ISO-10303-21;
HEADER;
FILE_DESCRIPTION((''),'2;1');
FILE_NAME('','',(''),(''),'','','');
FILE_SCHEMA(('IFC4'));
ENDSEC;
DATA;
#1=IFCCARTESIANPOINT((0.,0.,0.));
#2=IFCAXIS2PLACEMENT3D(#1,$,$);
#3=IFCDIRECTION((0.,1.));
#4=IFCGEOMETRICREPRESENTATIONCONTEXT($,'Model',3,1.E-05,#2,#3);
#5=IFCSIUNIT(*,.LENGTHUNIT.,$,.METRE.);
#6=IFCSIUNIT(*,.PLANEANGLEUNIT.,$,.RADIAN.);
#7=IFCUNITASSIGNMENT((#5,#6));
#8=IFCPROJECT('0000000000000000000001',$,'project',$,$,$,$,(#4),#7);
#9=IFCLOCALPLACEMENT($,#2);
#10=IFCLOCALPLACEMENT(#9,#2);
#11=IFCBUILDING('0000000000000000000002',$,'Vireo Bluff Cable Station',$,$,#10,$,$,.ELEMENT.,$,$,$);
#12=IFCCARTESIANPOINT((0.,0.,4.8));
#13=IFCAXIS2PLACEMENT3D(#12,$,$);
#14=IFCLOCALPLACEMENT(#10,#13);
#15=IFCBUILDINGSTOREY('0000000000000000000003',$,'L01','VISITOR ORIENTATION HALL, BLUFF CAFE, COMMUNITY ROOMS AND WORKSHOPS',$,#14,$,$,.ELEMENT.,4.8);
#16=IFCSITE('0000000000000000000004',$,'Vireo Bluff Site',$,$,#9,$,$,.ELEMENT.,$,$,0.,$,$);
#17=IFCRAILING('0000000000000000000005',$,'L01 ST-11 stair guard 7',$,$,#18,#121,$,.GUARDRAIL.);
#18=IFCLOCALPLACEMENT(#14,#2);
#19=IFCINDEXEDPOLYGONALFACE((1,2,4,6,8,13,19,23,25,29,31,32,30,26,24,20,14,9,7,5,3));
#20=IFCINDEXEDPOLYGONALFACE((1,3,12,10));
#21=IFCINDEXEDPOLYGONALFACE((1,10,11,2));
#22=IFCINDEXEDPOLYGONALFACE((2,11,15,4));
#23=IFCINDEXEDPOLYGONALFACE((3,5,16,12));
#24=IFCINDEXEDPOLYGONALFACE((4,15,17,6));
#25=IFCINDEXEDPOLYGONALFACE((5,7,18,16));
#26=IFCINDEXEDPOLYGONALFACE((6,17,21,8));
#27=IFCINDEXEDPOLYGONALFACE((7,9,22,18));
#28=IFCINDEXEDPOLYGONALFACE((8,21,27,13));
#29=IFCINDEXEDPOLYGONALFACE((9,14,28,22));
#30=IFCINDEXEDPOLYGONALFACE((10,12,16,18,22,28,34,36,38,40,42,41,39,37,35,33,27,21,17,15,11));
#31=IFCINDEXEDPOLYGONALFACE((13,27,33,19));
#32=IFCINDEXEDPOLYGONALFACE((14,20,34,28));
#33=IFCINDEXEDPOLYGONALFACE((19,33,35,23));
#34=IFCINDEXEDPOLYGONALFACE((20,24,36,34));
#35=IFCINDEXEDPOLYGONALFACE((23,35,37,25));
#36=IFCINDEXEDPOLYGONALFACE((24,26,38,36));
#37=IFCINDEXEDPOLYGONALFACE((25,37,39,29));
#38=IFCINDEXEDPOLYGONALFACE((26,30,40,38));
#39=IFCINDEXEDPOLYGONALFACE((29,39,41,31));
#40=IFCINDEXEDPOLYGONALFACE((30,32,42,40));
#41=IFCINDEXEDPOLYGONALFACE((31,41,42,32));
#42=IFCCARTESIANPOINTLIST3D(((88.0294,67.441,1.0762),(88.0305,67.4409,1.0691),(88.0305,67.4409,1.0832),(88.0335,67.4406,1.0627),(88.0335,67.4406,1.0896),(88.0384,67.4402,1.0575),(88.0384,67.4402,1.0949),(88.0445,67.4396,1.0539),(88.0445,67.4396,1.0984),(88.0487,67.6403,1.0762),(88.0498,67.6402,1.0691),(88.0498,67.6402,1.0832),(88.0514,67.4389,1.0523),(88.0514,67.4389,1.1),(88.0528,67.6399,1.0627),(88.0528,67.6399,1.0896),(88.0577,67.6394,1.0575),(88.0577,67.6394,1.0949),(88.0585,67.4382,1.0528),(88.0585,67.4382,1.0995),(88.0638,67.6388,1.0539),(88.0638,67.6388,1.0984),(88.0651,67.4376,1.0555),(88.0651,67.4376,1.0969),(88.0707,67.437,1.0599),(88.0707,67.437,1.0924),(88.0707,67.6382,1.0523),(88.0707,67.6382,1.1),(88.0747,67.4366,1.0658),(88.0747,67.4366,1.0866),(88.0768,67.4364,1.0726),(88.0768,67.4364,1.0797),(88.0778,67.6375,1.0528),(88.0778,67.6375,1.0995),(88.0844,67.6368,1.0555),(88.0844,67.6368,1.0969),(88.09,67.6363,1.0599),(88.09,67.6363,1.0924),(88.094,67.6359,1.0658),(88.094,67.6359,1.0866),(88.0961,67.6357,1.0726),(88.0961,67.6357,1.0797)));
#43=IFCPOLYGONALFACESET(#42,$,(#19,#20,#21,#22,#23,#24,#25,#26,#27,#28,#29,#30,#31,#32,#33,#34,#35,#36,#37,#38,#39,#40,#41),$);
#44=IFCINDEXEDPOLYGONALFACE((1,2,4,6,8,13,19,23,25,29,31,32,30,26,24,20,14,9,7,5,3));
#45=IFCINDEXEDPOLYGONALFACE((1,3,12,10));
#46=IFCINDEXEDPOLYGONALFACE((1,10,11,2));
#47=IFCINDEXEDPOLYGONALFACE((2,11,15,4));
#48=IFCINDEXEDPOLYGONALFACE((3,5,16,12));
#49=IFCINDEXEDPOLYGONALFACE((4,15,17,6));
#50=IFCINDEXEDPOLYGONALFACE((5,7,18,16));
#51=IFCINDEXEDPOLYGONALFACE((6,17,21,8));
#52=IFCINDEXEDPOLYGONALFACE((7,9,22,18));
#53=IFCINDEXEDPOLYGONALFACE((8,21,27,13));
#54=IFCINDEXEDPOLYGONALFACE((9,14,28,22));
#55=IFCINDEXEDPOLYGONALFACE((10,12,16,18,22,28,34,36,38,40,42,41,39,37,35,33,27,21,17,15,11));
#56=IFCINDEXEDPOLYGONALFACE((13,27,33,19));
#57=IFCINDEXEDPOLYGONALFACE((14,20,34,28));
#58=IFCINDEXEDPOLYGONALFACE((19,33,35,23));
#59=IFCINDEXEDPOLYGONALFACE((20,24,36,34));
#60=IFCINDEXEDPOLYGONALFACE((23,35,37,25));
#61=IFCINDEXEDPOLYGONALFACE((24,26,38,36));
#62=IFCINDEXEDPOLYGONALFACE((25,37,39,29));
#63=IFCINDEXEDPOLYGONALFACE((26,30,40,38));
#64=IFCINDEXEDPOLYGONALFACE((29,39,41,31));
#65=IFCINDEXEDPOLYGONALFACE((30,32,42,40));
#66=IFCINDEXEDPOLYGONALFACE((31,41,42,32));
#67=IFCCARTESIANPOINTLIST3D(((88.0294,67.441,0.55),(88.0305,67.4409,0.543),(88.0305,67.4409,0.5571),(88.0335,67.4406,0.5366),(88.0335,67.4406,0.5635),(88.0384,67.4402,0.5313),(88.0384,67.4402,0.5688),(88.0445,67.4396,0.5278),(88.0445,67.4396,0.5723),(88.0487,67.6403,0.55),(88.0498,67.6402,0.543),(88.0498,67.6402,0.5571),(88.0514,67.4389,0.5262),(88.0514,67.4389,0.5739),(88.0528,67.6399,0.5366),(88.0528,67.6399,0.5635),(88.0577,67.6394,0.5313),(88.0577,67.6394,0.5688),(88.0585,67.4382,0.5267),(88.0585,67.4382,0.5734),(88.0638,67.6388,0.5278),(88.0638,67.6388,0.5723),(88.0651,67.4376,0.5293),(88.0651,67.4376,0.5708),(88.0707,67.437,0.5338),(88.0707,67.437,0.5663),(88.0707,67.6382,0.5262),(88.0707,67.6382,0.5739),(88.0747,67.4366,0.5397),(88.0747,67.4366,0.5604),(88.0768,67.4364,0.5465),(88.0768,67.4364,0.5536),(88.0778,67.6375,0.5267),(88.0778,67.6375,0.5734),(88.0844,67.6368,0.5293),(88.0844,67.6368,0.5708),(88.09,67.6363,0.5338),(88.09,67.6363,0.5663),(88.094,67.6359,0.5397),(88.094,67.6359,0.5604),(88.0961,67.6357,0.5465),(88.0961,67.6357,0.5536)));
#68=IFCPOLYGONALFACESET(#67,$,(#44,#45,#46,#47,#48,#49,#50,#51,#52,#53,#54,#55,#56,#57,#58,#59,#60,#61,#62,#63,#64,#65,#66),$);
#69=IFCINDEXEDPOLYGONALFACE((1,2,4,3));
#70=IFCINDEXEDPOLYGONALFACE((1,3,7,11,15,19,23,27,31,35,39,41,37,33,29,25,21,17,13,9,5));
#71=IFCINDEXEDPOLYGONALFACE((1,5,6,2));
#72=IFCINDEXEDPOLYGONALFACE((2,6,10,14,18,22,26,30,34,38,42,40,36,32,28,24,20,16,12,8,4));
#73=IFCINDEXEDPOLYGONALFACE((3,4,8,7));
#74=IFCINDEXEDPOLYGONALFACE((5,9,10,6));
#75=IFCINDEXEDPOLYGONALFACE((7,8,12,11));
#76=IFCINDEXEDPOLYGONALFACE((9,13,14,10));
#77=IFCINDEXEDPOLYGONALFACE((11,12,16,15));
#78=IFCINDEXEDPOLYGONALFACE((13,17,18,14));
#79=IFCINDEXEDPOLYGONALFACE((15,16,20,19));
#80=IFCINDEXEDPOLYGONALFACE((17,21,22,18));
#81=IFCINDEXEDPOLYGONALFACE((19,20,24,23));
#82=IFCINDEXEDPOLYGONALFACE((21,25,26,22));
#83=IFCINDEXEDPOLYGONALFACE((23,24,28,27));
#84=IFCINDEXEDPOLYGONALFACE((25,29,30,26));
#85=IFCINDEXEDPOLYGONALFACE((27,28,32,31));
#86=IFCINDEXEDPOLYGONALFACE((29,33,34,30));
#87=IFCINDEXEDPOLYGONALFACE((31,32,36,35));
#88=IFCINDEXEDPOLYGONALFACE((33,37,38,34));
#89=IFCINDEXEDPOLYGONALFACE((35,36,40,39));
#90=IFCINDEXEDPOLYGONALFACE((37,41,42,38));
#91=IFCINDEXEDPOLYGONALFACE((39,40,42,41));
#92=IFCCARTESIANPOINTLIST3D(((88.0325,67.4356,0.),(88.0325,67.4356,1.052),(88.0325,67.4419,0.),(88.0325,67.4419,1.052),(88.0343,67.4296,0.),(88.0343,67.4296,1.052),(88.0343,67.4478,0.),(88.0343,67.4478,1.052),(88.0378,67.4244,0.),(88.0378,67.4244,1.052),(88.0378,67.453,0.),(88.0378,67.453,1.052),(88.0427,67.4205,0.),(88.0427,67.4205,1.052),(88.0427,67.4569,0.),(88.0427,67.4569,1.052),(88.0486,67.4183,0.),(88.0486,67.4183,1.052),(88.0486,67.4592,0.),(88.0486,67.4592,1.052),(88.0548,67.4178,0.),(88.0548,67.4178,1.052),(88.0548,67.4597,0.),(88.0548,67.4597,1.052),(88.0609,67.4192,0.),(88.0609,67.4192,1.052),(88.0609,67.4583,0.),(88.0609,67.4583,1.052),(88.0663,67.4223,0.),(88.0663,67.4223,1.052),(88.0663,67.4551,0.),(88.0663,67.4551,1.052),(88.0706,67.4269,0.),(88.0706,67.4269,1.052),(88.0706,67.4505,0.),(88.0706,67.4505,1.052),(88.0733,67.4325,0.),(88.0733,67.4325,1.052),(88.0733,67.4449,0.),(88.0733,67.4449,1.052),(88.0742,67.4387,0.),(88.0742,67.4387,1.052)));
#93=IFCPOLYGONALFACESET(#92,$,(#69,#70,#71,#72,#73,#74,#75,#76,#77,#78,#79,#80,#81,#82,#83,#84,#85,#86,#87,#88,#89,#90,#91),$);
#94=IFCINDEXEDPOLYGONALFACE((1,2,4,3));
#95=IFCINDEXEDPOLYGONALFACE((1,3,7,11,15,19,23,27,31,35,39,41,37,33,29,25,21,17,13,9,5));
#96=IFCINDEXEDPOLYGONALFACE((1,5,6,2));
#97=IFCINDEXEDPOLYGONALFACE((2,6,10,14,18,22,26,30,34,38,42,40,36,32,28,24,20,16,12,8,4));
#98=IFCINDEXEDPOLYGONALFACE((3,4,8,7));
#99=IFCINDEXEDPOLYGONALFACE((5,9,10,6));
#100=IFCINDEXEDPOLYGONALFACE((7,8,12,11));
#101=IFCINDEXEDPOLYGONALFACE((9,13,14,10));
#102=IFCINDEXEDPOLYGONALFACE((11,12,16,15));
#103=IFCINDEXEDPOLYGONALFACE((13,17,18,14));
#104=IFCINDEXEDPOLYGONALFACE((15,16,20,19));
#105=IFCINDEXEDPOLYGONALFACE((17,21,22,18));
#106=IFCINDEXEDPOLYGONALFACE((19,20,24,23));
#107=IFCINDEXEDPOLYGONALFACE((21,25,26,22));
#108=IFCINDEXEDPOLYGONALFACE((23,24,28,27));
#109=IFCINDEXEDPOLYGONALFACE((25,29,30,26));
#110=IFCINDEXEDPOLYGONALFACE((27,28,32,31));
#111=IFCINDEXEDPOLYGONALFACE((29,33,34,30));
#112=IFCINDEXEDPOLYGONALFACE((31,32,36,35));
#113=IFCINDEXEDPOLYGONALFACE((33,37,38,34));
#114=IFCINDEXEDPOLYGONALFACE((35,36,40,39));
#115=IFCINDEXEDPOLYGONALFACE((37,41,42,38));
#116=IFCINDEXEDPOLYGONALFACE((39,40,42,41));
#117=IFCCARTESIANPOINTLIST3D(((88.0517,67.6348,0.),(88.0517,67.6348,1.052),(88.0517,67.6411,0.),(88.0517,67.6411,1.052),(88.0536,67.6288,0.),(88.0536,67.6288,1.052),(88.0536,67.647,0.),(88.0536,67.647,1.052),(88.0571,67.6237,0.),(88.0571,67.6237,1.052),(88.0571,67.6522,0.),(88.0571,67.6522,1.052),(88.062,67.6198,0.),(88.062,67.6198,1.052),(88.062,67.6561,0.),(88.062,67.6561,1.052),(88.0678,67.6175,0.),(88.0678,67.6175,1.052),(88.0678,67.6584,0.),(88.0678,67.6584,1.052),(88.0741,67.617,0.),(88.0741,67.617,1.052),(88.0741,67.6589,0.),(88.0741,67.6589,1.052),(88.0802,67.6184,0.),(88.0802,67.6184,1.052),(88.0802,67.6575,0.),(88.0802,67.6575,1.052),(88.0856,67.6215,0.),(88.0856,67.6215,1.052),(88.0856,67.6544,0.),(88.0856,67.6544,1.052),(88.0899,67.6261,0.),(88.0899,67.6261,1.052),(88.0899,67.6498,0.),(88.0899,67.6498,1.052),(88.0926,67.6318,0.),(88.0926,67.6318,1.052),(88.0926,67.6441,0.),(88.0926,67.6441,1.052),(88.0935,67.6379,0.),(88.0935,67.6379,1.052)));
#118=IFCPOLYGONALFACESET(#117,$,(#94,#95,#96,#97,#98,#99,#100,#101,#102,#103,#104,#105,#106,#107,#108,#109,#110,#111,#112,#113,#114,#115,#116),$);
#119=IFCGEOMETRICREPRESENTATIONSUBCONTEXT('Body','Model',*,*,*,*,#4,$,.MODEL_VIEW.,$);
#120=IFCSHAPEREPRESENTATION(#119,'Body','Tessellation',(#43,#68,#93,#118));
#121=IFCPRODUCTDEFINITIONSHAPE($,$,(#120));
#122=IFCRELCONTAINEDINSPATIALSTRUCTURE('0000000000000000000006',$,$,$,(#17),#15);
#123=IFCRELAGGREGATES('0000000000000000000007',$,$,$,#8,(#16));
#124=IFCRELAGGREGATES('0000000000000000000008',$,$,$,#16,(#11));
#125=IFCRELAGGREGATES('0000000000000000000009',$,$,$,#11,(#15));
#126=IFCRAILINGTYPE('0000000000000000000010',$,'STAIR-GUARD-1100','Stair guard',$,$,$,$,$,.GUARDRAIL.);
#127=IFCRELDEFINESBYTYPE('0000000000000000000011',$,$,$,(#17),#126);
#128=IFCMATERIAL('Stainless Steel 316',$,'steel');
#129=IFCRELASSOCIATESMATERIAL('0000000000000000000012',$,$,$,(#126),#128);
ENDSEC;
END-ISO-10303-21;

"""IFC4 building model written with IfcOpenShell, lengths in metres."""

from ifc_helpers import new_model, si_unit, direction, frame, origin, origin_2d, place, context, subcontext, project, spatial, circle, extrude, material, type_object, element, save


model = new_model("IFC4")

# Units and contexts
model_context = context("Model", 3, precision=1e-05, world=origin(), true_north=direction((0.0, 1.0)))
body_context = subcontext(model_context, "Body", "Model", "MODEL_VIEW")
ifc_project = project(units=[si_unit("LENGTHUNIT", "METRE"), si_unit("PLANEANGLEUNIT", "RADIAN")], contexts=[model_context])

# Site, building, storey
site_placement = place(None, origin())
site = spatial("IfcSite", under=ifc_project, at=site_placement, Name="Vireo Bluff Site", CompositionType="ELEMENT", RefElevation=0.0)
building_placement = place(site_placement, origin())
building = spatial("IfcBuilding", under=site, at=building_placement, Name="Vireo Bluff Cable Station", CompositionType="ELEMENT")
storey_placement = place(building_placement, frame((0.0, 0.0, 4.8)))
storey = spatial("IfcBuildingStorey", under=building, at=storey_placement, Name="L01", Description="VISITOR ORIENTATION HALL, BLUFF CAFE, COMMUNITY ROOMS AND WORKSHOPS", CompositionType="ELEMENT", Elevation=4.8)

# Railing
ifc_material_1 = material(Name="Stainless Steel 316", Category="steel")
railing_type_1 = type_object("IfcRailingType", Name="STAIR-GUARD-1100", Description="Stair guard", PredefinedType="GUARDRAIL", material=ifc_material_1)
railing_1_placement = place(storey_placement, frame((88.0532, 67.4387, 0.0)))
element("IfcRailing", 1, at=railing_1_placement, inside=storey, type_object=railing_type_1, Name="L01 ST-11 stair guard 7", PredefinedType="GUARDRAIL", context=body_context, shape_type="SweptSolid", body=[
    extrude(circle(Radius=0.0239, at=origin_2d()), frame((0.0, 0.0, 1.0762), z_axis=(0.096363, 0.995346, 0.0), x_axis=(-0.995346, 0.096363, 0.0)), (0.0, 0.0, 1.0), 0.2002),
    extrude(circle(Radius=0.0239, at=origin_2d()), frame((0.0, 0.0, 0.55), z_axis=(0.096363, 0.995346, 0.0), x_axis=(-0.995346, 0.096363, 0.0)), (0.0, 0.0, 1.0), 0.2002),
    extrude(circle(Radius=0.021, at=origin_2d()), origin(), (0.0, 0.0, 1.0), 1.052),
    extrude(circle(Radius=0.021, at=origin_2d()), frame((0.0193, 0.1992, 0.0)), (0.0, 0.0, 1.0), 1.052),
])

save(model, "model.ifc")
